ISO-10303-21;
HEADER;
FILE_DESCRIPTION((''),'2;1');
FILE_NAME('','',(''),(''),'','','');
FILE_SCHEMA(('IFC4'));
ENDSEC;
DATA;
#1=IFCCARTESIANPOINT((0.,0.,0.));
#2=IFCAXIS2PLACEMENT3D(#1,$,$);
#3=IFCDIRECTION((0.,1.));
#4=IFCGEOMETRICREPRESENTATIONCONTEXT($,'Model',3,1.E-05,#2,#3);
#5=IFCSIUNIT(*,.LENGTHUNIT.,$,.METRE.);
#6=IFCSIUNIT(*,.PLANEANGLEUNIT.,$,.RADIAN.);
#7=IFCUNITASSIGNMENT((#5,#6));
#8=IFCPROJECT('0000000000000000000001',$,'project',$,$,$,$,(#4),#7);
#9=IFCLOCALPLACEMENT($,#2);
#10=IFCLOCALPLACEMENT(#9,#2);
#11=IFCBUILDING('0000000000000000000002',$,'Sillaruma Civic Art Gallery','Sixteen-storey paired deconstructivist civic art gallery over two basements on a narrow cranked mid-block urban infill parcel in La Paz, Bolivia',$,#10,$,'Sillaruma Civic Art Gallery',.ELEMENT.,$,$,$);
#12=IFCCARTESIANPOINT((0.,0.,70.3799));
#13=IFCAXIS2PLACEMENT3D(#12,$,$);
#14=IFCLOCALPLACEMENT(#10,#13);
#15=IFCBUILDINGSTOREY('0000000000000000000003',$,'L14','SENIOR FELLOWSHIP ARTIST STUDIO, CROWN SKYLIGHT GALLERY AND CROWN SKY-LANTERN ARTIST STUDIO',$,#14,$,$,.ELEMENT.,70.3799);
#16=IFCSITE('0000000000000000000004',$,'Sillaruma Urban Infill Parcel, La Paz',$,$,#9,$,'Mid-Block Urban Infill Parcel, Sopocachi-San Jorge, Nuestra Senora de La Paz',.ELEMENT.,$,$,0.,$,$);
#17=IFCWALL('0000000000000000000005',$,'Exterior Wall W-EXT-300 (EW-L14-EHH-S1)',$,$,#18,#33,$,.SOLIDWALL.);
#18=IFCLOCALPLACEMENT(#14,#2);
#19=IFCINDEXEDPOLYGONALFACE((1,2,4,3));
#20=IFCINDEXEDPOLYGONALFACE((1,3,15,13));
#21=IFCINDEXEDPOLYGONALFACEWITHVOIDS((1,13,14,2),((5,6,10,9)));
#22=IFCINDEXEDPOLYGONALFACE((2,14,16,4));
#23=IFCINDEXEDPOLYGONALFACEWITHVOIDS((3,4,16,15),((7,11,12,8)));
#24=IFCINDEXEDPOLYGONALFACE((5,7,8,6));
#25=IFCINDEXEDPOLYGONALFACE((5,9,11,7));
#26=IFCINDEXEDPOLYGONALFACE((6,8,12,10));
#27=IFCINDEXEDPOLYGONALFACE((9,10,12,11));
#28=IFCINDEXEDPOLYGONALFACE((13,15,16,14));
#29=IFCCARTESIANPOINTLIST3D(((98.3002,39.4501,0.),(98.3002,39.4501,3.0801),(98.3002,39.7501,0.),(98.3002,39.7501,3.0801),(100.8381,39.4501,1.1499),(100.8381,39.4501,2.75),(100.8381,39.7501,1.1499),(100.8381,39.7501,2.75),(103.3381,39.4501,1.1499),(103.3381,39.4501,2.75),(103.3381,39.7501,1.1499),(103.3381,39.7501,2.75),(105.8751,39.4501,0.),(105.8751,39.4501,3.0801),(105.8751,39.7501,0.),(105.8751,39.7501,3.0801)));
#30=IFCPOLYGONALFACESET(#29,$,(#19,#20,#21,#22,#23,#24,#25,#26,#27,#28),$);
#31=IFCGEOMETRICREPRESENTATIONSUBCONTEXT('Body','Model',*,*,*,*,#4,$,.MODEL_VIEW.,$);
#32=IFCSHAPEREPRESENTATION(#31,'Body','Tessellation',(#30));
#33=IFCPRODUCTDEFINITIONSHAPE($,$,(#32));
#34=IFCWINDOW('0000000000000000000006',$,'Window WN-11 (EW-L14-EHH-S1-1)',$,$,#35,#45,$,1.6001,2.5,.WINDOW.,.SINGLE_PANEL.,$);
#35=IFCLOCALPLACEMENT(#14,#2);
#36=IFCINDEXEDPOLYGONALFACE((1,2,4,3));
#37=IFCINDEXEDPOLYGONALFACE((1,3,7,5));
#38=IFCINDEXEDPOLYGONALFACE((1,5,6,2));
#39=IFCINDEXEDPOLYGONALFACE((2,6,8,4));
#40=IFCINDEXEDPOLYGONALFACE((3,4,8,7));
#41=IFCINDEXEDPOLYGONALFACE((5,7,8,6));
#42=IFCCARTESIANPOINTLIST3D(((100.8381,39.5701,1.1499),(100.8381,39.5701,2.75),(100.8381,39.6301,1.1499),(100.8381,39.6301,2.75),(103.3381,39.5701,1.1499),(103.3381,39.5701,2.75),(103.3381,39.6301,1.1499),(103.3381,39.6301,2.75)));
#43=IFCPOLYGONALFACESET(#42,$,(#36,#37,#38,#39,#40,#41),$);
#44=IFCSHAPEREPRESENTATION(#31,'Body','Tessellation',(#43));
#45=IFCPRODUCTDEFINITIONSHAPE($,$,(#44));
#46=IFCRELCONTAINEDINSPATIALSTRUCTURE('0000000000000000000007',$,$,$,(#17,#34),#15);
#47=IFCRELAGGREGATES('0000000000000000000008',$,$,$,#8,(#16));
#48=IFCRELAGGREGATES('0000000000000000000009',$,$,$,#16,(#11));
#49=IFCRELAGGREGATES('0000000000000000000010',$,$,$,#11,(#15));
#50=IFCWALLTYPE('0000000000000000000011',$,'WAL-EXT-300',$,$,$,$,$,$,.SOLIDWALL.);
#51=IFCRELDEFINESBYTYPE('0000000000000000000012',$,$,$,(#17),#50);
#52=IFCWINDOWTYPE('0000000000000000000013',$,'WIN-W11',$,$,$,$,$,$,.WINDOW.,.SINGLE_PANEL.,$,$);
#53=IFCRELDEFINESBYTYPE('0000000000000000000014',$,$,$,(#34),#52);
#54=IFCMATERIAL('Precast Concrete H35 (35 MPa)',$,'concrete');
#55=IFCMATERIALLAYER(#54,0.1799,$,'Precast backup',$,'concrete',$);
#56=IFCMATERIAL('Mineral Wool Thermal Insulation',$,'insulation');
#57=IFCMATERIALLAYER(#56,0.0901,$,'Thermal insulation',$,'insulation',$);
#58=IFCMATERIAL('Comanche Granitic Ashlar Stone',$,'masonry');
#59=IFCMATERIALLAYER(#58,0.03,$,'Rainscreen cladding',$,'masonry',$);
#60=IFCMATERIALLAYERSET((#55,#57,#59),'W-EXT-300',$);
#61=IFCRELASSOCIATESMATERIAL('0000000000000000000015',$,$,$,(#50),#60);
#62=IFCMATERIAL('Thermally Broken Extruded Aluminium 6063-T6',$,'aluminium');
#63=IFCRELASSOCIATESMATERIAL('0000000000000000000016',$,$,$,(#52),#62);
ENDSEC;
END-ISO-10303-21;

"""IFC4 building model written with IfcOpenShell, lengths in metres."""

from ifc_helpers import new_model, si_unit, direction, frame, frame_2d, origin, place, context, subcontext, project, spatial, rectangle, extrude, material, layer, layer_set, type_object, element, fill, save


model = new_model("IFC4")

# Units and contexts
model_context = context("Model", 3, precision=1e-05, world=origin(), true_north=direction((0.0, 1.0)))
body_context = subcontext(model_context, "Body", "Model", "MODEL_VIEW")
ifc_project = project(units=[si_unit("LENGTHUNIT", "METRE"), si_unit("PLANEANGLEUNIT", "RADIAN")], contexts=[model_context])

# Site, building, storey
site_placement = place(None, origin())
site = spatial("IfcSite", under=ifc_project, at=site_placement, Name="Sillaruma Urban Infill Parcel, La Paz", LongName="Mid-Block Urban Infill Parcel, Sopocachi-San Jorge, Nuestra Senora de La Paz", CompositionType="ELEMENT", RefElevation=0.0)
building_placement = place(site_placement, origin())
building = spatial("IfcBuilding", under=site, at=building_placement, Name="Sillaruma Civic Art Gallery", Description="Sixteen-storey paired deconstructivist civic art gallery over two basements on a narrow cranked mid-block urban infill parcel in La Paz, Bolivia", LongName="Sillaruma Civic Art Gallery", CompositionType="ELEMENT")
storey_placement = place(building_placement, frame((0.0, 0.0, 70.3799)))
storey = spatial("IfcBuildingStorey", under=building, at=storey_placement, Name="L14", Description="SENIOR FELLOWSHIP ARTIST STUDIO, CROWN SKYLIGHT GALLERY AND CROWN SKY-LANTERN ARTIST STUDIO", CompositionType="ELEMENT", Elevation=70.3799)

# Wall, opening, window
ifc_material_1 = material(Name="Precast Concrete H35 (35 MPa)", Category="concrete")
ifc_layer_1 = layer(ifc_material_1, 0.1799, Name="Precast backup", Category="concrete")
ifc_material_2 = material(Name="Mineral Wool Thermal Insulation", Category="insulation")
ifc_layer_2 = layer(ifc_material_2, 0.0901, Name="Thermal insulation", Category="insulation")
ifc_material_3 = material(Name="Comanche Granitic Ashlar Stone", Category="masonry")
ifc_layer_3 = layer(ifc_material_3, 0.03, Name="Rainscreen cladding", Category="masonry")
ifc_layer_set = layer_set([ifc_layer_1, ifc_layer_2, ifc_layer_3], Name="W-EXT-300")
wall_type = type_object("IfcWallType", Name="WAL-EXT-300", PredefinedType="SOLIDWALL", material=ifc_layer_set)
wall_placement = place(storey_placement, frame((98.3, 39.6001, 0.0), z_axis=(0.0, 0.0, 1.0), x_axis=(1.0, 0.0, 0.0)))
wall = element("IfcWall", 1, at=wall_placement, inside=storey, type_object=wall_type, Name="Exterior Wall W-EXT-300 (EW-L14-EHH-S1)", PredefinedType="SOLIDWALL", context=body_context, shape_type="SweptSolid", body=[
    extrude(rectangle(XDim=7.575, YDim=0.3, at=frame_2d((3.7876, 0.0))), origin(), (0.0, 0.0, 1.0), 3.0801),
])
opening_placement = place(wall_placement, frame((2.5381, 0.0, 1.1499)))
opening = element("IfcOpeningElement", 2, at=opening_placement, cuts=wall, PredefinedType="OPENING", context=body_context, shape_type="SweptSolid", body=[
    extrude(rectangle(XDim=2.5, YDim=1.6001, at=frame_2d((1.25, 0.8))), frame((0.0, 0.1599, 0.0), z_axis=(0.0, -1.0, 0.0), x_axis=(1.0, 0.0, 0.0)), (0.0, 0.0, 1.0), 0.3201),
])
ifc_material_4 = material(Name="Thermally Broken Extruded Aluminium 6063-T6", Category="aluminium")
window_type = type_object("IfcWindowType", Name="WIN-W11", PartitioningType="SINGLE_PANEL", PredefinedType="WINDOW", material=ifc_material_4)
window_placement = place(opening_placement, origin())
window = element("IfcWindow", 3, at=window_placement, inside=storey, type_object=window_type, Name="Window WN-11 (EW-L14-EHH-S1-1)", OverallHeight=1.6001, OverallWidth=2.5, PartitioningType="SINGLE_PANEL", PredefinedType="WINDOW", context=body_context, shape_type="SweptSolid", body=[
    extrude(rectangle(XDim=2.5, YDim=1.6001, at=frame_2d((1.25, 0.8))), frame((0.0, 0.03, 0.0), z_axis=(0.0, -1.0, 0.0), x_axis=(1.0, 0.0, 0.0)), (0.0, 0.0, 1.0), 0.0601),
])
fill(opening, window)

save(model, "model.ifc")
